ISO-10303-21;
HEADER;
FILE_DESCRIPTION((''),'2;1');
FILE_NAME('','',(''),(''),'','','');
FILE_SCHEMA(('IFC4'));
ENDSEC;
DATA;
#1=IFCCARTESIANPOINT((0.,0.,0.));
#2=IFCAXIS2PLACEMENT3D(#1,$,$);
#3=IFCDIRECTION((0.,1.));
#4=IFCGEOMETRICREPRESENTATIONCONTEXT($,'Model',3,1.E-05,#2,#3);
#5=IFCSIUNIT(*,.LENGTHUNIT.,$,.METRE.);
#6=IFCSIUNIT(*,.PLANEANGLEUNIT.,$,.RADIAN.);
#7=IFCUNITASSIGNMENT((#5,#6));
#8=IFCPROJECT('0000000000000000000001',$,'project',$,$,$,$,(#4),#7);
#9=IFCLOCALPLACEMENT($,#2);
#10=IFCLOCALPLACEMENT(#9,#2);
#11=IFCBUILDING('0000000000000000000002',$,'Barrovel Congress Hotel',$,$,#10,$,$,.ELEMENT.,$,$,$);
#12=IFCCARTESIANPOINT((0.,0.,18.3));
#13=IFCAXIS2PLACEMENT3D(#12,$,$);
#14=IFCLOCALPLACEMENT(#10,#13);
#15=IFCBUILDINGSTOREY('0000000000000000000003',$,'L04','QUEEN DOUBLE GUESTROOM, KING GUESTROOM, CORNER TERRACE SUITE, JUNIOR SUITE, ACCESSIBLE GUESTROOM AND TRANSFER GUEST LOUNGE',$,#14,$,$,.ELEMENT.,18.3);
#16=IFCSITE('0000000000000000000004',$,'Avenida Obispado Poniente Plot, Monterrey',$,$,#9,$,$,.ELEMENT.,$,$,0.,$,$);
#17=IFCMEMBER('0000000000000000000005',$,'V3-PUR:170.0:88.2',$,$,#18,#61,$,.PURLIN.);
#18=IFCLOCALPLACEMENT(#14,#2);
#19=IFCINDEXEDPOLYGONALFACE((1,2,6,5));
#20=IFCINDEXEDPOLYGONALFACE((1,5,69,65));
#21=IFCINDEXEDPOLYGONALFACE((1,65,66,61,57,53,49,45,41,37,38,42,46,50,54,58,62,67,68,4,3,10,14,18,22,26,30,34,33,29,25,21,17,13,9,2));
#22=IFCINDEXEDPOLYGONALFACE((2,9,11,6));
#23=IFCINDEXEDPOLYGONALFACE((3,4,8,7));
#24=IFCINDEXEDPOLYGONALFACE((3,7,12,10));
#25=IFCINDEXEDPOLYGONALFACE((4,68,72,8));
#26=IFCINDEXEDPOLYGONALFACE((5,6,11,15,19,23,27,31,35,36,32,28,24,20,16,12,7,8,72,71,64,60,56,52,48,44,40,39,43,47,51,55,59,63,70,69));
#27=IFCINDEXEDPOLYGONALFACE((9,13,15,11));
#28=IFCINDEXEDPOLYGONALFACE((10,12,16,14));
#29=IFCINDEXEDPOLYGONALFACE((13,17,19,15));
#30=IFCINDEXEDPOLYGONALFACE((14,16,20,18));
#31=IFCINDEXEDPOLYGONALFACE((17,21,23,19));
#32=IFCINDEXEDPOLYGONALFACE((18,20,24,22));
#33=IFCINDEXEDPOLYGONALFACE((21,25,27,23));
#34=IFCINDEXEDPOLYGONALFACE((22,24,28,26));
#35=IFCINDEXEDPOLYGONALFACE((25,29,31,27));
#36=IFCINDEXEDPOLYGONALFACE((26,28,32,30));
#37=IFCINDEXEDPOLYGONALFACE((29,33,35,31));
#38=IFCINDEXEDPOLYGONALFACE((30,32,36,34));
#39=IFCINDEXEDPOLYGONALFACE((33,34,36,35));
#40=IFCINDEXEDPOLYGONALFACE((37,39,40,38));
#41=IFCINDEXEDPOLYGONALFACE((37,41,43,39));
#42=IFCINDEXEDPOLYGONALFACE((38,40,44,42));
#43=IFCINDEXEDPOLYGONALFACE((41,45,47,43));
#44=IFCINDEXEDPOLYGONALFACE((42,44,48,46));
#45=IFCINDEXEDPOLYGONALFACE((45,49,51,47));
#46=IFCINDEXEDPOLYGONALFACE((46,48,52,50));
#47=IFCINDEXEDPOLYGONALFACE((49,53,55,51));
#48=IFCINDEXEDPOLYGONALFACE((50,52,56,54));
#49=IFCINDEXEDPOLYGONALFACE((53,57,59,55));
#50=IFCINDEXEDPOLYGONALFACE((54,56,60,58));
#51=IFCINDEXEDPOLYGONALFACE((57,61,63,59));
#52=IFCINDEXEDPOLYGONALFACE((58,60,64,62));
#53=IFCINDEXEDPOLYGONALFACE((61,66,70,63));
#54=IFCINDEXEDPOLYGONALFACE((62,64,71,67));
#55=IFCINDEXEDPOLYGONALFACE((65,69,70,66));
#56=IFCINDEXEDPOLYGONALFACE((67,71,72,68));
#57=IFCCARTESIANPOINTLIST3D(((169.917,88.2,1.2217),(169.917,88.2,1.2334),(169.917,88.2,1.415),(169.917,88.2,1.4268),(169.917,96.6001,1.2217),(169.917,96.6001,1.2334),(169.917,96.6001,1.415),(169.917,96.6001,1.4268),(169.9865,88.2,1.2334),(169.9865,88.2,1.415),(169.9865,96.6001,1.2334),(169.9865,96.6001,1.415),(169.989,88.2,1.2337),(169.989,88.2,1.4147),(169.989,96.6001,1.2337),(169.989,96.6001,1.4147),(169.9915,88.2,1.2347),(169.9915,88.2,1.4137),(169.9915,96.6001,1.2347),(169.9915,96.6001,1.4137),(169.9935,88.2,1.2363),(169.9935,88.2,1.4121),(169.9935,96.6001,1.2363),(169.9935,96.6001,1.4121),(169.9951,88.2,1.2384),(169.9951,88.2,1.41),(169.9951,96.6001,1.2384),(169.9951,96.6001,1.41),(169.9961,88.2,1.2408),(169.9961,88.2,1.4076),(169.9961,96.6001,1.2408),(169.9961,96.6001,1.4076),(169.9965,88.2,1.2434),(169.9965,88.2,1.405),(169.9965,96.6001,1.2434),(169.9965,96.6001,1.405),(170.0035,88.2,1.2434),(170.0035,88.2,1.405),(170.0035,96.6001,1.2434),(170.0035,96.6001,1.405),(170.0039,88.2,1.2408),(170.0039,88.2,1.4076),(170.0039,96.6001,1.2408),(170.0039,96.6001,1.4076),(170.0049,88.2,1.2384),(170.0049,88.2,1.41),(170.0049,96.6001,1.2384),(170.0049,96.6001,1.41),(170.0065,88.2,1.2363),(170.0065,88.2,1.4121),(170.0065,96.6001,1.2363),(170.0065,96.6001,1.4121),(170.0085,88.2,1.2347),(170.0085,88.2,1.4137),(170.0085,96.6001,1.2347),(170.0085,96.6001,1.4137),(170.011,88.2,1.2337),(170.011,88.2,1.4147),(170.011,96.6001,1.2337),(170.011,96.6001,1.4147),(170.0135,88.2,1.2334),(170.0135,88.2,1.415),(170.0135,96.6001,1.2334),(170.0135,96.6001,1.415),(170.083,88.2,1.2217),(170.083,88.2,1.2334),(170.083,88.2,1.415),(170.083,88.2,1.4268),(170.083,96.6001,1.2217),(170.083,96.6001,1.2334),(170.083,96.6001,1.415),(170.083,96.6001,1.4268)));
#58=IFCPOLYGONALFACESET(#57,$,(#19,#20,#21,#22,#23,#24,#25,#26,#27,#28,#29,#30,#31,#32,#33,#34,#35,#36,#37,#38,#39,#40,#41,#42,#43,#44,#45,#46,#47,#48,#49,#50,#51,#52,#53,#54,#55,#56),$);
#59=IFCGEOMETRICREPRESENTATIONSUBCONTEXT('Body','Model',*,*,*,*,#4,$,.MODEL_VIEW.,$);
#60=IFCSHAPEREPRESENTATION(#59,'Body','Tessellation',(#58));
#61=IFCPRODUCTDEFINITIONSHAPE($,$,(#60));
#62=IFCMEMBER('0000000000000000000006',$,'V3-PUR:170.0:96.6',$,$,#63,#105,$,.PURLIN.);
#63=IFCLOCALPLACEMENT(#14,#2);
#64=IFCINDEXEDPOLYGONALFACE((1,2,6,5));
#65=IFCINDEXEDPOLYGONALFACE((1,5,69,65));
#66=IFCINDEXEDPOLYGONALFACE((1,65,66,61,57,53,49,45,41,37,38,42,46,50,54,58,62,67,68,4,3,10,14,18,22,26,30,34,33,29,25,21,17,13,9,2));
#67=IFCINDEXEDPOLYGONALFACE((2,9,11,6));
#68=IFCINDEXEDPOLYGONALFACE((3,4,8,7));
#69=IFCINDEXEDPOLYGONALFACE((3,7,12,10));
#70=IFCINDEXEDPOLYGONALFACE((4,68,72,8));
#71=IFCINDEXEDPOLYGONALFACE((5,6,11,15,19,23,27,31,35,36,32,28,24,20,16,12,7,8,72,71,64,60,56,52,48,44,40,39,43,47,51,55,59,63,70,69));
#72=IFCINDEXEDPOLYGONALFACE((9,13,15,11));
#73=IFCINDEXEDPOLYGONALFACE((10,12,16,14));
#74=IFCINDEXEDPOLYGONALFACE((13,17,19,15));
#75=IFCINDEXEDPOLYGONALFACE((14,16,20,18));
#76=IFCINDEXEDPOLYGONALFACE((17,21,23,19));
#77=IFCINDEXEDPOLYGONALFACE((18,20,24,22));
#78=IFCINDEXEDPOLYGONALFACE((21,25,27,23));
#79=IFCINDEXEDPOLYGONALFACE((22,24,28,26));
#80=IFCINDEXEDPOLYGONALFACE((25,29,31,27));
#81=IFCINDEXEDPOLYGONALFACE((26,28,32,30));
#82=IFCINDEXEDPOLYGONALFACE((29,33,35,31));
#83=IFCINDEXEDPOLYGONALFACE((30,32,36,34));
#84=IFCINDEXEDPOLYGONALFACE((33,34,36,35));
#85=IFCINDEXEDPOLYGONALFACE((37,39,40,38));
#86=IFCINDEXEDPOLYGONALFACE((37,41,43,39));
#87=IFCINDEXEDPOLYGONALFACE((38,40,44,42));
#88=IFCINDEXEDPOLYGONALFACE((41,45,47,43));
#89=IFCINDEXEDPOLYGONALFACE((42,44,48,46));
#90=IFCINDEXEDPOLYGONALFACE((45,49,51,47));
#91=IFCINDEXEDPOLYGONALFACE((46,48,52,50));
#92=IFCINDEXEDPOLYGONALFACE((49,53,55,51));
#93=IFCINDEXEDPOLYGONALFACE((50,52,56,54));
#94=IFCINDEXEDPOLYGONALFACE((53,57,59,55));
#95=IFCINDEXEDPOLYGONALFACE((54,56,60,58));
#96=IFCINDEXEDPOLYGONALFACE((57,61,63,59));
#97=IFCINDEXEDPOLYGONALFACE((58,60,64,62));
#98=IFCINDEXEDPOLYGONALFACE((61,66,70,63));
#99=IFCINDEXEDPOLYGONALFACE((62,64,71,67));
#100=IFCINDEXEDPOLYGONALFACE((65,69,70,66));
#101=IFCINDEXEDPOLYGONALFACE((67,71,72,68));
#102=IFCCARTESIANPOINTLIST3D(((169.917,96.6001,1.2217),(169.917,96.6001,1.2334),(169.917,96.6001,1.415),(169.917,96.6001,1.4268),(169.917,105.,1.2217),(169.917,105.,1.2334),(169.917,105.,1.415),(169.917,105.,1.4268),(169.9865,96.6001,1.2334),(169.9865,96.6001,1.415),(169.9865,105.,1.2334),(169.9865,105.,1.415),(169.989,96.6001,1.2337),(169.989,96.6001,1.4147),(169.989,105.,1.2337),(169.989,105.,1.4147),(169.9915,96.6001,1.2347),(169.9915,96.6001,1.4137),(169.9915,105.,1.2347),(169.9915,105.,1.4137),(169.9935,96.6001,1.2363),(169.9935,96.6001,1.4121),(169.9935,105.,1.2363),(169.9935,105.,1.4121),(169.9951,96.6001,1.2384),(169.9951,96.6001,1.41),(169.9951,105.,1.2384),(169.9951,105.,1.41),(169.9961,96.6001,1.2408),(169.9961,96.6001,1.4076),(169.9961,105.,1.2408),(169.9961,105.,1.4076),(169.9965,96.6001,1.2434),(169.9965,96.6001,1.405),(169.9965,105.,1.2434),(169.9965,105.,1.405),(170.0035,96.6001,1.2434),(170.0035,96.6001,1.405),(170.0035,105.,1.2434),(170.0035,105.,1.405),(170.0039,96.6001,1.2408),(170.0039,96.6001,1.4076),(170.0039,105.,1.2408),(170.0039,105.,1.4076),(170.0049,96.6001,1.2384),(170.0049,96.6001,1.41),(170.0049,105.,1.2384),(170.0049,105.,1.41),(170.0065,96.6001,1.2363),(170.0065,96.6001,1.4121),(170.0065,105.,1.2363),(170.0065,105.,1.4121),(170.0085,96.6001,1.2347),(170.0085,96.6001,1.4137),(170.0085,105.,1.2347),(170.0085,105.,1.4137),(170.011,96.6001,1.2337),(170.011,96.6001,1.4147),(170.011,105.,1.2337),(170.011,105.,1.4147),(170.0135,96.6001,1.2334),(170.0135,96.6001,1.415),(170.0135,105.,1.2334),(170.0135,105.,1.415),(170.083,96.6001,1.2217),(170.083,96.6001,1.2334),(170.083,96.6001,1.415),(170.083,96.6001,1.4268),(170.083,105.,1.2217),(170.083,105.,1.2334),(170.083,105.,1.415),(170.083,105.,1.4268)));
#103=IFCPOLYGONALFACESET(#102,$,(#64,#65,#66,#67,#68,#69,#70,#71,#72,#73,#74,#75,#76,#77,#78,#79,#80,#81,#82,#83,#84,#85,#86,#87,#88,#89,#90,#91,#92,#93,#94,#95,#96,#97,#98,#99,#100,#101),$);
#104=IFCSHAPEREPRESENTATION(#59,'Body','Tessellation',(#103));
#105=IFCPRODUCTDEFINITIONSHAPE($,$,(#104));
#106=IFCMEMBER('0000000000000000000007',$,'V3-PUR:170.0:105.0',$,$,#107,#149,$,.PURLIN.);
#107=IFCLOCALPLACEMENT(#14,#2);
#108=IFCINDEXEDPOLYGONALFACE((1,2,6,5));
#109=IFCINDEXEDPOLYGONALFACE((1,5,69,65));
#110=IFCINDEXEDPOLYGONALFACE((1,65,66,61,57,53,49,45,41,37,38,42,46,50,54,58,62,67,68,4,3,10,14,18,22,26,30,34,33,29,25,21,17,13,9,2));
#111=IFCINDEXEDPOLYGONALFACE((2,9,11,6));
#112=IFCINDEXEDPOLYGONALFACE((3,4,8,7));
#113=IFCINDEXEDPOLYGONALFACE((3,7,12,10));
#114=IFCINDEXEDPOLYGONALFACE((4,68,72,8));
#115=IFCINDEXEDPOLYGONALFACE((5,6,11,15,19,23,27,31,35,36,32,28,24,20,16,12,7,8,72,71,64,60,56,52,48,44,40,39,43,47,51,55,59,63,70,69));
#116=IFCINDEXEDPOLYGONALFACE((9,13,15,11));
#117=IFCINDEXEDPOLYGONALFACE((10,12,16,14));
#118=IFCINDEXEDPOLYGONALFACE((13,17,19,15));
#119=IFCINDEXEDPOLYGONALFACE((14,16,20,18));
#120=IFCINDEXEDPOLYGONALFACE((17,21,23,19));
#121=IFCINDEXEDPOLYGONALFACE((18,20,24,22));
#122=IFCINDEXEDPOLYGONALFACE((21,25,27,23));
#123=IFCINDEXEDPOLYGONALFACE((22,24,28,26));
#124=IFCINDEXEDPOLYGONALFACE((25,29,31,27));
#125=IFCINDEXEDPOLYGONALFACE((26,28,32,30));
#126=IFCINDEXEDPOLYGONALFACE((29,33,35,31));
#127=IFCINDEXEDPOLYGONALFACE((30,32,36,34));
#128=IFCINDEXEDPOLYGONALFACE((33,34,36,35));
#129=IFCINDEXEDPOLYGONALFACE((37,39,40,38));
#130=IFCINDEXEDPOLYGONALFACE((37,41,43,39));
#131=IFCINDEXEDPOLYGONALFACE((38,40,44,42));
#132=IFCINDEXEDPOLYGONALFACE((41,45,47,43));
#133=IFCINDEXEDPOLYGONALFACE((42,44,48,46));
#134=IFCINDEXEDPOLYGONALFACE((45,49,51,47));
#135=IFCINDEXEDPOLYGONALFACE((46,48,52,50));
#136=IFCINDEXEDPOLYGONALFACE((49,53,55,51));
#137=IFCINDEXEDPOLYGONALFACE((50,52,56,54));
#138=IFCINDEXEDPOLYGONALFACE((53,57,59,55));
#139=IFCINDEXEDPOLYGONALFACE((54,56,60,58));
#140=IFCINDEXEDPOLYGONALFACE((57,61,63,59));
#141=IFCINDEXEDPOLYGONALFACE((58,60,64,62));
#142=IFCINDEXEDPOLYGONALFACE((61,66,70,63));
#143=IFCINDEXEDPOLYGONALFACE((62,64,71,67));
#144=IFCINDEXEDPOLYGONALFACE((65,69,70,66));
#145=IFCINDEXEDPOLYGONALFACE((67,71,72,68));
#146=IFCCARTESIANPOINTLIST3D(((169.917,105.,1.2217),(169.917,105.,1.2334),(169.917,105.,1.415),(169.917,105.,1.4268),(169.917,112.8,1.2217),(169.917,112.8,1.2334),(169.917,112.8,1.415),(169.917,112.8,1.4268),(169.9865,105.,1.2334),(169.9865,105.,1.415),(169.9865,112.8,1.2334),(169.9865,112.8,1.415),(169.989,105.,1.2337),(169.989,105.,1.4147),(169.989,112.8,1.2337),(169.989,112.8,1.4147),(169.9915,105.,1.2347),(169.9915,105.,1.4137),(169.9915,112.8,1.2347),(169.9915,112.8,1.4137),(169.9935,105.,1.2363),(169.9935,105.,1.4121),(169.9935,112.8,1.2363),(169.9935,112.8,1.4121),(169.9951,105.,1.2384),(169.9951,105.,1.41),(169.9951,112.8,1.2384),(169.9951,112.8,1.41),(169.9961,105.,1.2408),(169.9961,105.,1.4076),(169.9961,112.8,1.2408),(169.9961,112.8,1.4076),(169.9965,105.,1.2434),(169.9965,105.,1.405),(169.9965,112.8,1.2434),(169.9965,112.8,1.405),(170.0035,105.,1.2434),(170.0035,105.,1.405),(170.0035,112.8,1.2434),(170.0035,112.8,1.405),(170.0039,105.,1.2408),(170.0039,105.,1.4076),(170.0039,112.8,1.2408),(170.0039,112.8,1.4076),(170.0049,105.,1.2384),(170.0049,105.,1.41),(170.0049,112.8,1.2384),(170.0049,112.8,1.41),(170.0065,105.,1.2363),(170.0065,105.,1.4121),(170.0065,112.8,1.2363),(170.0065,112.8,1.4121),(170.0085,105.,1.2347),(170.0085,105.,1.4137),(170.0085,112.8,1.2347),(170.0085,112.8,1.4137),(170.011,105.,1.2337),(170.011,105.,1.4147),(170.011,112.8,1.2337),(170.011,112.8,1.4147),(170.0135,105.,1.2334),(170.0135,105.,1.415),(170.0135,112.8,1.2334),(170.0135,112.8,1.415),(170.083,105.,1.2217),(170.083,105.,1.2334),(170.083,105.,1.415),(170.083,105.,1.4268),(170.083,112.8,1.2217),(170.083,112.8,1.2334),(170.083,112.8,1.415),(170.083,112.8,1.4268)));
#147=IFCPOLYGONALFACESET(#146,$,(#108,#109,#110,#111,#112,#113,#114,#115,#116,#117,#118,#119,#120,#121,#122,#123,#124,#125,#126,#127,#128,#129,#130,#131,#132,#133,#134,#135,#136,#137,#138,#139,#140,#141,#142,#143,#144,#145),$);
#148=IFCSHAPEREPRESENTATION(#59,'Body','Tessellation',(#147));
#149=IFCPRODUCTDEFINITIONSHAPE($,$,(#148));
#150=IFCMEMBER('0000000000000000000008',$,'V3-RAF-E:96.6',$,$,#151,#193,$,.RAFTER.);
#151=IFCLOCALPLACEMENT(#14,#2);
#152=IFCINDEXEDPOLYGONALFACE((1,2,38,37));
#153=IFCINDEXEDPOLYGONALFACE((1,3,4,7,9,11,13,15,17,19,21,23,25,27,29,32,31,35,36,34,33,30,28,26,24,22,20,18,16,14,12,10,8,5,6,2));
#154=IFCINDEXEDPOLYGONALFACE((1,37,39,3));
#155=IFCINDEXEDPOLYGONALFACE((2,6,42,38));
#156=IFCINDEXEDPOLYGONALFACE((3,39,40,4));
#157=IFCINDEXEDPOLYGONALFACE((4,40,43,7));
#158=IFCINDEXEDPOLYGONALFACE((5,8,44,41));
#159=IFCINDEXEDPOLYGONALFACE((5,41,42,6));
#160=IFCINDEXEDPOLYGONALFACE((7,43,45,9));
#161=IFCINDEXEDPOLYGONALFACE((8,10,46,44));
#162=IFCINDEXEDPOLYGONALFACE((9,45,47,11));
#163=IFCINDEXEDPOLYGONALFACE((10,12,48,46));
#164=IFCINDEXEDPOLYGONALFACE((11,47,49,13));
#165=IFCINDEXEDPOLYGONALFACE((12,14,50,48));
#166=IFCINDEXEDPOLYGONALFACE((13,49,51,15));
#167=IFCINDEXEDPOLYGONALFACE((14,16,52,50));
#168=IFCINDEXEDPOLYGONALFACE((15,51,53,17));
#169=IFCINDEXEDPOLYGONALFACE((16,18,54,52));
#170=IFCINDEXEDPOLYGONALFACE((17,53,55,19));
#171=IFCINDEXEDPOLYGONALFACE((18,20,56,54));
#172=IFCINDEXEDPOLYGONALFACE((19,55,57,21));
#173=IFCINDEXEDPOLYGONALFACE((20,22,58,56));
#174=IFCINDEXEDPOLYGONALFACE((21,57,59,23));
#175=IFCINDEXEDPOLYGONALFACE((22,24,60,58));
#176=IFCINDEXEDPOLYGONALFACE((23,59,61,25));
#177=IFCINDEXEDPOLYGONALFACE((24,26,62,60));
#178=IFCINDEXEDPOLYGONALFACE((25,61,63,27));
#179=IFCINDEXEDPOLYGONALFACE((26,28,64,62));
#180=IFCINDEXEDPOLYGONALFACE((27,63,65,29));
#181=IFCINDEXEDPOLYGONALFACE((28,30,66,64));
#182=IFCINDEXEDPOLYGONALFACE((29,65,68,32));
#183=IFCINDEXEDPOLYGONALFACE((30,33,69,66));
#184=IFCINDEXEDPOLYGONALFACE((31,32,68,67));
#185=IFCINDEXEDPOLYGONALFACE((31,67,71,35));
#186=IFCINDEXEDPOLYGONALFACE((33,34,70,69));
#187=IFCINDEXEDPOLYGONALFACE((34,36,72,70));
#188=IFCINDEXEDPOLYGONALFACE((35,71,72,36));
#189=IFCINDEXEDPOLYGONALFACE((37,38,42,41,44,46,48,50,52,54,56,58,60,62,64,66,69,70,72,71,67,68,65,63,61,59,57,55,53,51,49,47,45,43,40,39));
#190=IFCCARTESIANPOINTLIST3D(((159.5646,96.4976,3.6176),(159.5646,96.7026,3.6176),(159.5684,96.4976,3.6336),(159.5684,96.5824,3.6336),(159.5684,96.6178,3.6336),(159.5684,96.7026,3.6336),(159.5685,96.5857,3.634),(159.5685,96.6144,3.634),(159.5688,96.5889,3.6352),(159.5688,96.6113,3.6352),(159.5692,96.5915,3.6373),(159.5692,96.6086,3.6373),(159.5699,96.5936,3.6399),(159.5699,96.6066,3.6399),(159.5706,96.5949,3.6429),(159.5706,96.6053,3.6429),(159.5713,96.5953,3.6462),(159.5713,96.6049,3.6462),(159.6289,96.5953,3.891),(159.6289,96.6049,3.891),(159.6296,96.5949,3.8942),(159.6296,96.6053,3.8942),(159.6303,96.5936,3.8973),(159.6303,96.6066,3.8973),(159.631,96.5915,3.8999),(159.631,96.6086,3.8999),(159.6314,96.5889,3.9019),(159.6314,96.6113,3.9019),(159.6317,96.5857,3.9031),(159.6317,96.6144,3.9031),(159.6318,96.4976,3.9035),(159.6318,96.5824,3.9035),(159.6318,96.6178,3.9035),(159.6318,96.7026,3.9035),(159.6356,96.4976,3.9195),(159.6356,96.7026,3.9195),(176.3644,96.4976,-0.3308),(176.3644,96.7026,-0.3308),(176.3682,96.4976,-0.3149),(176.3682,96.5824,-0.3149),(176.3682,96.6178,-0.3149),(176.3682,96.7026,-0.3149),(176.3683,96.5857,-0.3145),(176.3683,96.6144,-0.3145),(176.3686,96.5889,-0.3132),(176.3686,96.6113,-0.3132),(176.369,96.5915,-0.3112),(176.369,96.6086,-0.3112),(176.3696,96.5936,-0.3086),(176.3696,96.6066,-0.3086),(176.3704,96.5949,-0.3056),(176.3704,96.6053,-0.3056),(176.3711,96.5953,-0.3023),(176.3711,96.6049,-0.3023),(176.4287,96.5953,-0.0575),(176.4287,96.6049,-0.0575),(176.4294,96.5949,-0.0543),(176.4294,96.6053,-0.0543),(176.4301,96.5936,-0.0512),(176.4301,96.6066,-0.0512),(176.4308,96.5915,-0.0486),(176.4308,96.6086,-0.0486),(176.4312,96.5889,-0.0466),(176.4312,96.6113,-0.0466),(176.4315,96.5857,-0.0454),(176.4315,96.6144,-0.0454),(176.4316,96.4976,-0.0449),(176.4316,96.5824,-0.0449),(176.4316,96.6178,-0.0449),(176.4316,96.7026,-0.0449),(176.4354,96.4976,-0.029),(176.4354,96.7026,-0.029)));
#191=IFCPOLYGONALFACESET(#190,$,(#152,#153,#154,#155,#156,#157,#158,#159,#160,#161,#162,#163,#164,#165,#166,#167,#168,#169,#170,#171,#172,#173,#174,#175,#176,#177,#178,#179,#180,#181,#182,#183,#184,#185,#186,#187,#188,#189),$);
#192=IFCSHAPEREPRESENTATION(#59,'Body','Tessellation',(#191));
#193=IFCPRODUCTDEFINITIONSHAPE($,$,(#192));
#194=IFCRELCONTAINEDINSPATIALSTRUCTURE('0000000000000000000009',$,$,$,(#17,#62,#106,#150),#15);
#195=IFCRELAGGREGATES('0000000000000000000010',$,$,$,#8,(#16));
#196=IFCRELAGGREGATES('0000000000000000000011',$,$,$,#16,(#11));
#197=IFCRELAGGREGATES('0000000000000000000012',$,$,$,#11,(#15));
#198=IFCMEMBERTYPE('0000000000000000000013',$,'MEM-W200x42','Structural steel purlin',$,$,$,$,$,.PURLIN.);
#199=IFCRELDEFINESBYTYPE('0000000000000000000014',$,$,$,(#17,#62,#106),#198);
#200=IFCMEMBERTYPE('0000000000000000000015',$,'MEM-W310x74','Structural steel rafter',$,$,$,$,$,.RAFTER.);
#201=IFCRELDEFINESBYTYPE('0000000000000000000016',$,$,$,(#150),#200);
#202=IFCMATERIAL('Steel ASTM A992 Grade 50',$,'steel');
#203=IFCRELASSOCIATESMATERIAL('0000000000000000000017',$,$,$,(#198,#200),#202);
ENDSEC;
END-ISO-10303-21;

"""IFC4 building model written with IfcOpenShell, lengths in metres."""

from ifc_helpers import new_model, si_unit, direction, frame, origin, origin_2d, place, context, subcontext, project, spatial, i_section, extrude, material, material_profile, profile_set, type_object, element, save


model = new_model("IFC4")

# Units and contexts
model_context = context("Model", 3, precision=1e-05, world=origin(), true_north=direction((0.0, 1.0)))
body_context = subcontext(model_context, "Body", "Model", "MODEL_VIEW")
ifc_project = project(units=[si_unit("LENGTHUNIT", "METRE"), si_unit("PLANEANGLEUNIT", "RADIAN")], contexts=[model_context])

# Site, building, storey
site_placement = place(None, origin())
site = spatial("IfcSite", under=ifc_project, at=site_placement, Name="Avenida Obispado Poniente Plot, Monterrey", CompositionType="ELEMENT", RefElevation=0.0)
building_placement = place(site_placement, origin())
building = spatial("IfcBuilding", under=site, at=building_placement, Name="Barrovel Congress Hotel", CompositionType="ELEMENT")
storey_placement = place(building_placement, frame((0.0, 0.0, 18.3)))
storey = spatial("IfcBuildingStorey", under=building, at=storey_placement, Name="L04", Description="QUEEN DOUBLE GUESTROOM, KING GUESTROOM, CORNER TERRACE SUITE, JUNIOR SUITE, ACCESSIBLE GUESTROOM AND TRANSFER GUEST LOUNGE", CompositionType="ELEMENT", Elevation=18.3)

# Members
ifc_material_1 = material(Name="Steel ASTM A992 Grade 50", Category="steel")
ifc_material_profile_1 = material_profile(ifc_material_1, i_section(OverallWidth=0.166, OverallDepth=0.2051, WebThickness=0.0071, FlangeThickness=0.0117, FilletRadius=0.01, at=origin_2d()), Name="W200x42")
ifc_profile_set_1 = profile_set([ifc_material_profile_1], Name="Steel ASTM A992 Grade 50")
member_type_1 = type_object("IfcMemberType", Name="MEM-W200x42", Description="Structural steel purlin", PredefinedType="PURLIN", material=ifc_profile_set_1)
member_1_placement = place(storey_placement, frame((170.0, 88.2, 1.3242), z_axis=(0.0, 1.0, 0.0), x_axis=(-1.0, 0.0, 0.0)))
element("IfcMember", 1, at=member_1_placement, inside=storey, type_object=member_type_1, Name="V3-PUR:170.0:88.2", PredefinedType="PURLIN", context=body_context, shape_type="SweptSolid", body=[
    extrude(i_section(OverallWidth=0.166, OverallDepth=0.2051, WebThickness=0.0071, FlangeThickness=0.0117, FilletRadius=0.01, at=origin_2d()), origin(), (0.0, 0.0, 1.0), 8.4001),
])
member_2_placement = place(storey_placement, frame((170.0, 96.6001, 1.3242), z_axis=(0.0, 1.0, 0.0), x_axis=(-1.0, 0.0, 0.0)))
element("IfcMember", 2, at=member_2_placement, inside=storey, type_object=member_type_1, Name="V3-PUR:170.0:96.6", PredefinedType="PURLIN", context=body_context, shape_type="SweptSolid", body=[
    extrude(i_section(OverallWidth=0.166, OverallDepth=0.2051, WebThickness=0.0071, FlangeThickness=0.0117, FilletRadius=0.01, at=origin_2d()), origin(), (0.0, 0.0, 1.0), 8.3999),
])
member_3_placement = place(storey_placement, frame((170.0, 105.0, 1.3242), z_axis=(0.0, 1.0, 0.0), x_axis=(-1.0, 0.0, 0.0)))
element("IfcMember", 3, at=member_3_placement, inside=storey, type_object=member_type_1, Name="V3-PUR:170.0:105.0", PredefinedType="PURLIN", context=body_context, shape_type="SweptSolid", body=[
    extrude(i_section(OverallWidth=0.166, OverallDepth=0.2051, WebThickness=0.0071, FlangeThickness=0.0117, FilletRadius=0.01, at=origin_2d()), origin(), (0.0, 0.0, 1.0), 7.8),
])
ifc_material_profile_2 = material_profile(ifc_material_1, i_section(OverallWidth=0.2051, OverallDepth=0.3101, WebThickness=0.0095, FlangeThickness=0.0164, FilletRadius=0.0129, at=origin_2d()), Name="W310x74")
ifc_profile_set_2 = profile_set([ifc_material_profile_2], Name="Steel ASTM A992 Grade 50")
member_type_2 = type_object("IfcMemberType", Name="MEM-W310x74", Description="Structural steel rafter", PredefinedType="RAFTER", material=ifc_profile_set_2)
for number, where, z_axis, x_axis, name in (
    (4, (159.6001, 96.6001, 3.7686), (0.973474, 0.0, -0.228797), (0.0, 1.0, 0.0), "V3-RAF-E:96.6"),
):
    element("IfcMember", number, at=place(storey_placement, frame(where, z_axis=z_axis, x_axis=x_axis)), inside=storey, type_object=member_type_2, Name=name, PredefinedType="RAFTER", context=body_context, shape_type="SweptSolid", body=[
        extrude(i_section(OverallWidth=0.2051, OverallDepth=0.3101, WebThickness=0.0095, FlangeThickness=0.0164, FilletRadius=0.0129, at=origin_2d()), origin(), (0.0, 0.0, 1.0), 17.2576),
    ])

save(model, "model.ifc")
